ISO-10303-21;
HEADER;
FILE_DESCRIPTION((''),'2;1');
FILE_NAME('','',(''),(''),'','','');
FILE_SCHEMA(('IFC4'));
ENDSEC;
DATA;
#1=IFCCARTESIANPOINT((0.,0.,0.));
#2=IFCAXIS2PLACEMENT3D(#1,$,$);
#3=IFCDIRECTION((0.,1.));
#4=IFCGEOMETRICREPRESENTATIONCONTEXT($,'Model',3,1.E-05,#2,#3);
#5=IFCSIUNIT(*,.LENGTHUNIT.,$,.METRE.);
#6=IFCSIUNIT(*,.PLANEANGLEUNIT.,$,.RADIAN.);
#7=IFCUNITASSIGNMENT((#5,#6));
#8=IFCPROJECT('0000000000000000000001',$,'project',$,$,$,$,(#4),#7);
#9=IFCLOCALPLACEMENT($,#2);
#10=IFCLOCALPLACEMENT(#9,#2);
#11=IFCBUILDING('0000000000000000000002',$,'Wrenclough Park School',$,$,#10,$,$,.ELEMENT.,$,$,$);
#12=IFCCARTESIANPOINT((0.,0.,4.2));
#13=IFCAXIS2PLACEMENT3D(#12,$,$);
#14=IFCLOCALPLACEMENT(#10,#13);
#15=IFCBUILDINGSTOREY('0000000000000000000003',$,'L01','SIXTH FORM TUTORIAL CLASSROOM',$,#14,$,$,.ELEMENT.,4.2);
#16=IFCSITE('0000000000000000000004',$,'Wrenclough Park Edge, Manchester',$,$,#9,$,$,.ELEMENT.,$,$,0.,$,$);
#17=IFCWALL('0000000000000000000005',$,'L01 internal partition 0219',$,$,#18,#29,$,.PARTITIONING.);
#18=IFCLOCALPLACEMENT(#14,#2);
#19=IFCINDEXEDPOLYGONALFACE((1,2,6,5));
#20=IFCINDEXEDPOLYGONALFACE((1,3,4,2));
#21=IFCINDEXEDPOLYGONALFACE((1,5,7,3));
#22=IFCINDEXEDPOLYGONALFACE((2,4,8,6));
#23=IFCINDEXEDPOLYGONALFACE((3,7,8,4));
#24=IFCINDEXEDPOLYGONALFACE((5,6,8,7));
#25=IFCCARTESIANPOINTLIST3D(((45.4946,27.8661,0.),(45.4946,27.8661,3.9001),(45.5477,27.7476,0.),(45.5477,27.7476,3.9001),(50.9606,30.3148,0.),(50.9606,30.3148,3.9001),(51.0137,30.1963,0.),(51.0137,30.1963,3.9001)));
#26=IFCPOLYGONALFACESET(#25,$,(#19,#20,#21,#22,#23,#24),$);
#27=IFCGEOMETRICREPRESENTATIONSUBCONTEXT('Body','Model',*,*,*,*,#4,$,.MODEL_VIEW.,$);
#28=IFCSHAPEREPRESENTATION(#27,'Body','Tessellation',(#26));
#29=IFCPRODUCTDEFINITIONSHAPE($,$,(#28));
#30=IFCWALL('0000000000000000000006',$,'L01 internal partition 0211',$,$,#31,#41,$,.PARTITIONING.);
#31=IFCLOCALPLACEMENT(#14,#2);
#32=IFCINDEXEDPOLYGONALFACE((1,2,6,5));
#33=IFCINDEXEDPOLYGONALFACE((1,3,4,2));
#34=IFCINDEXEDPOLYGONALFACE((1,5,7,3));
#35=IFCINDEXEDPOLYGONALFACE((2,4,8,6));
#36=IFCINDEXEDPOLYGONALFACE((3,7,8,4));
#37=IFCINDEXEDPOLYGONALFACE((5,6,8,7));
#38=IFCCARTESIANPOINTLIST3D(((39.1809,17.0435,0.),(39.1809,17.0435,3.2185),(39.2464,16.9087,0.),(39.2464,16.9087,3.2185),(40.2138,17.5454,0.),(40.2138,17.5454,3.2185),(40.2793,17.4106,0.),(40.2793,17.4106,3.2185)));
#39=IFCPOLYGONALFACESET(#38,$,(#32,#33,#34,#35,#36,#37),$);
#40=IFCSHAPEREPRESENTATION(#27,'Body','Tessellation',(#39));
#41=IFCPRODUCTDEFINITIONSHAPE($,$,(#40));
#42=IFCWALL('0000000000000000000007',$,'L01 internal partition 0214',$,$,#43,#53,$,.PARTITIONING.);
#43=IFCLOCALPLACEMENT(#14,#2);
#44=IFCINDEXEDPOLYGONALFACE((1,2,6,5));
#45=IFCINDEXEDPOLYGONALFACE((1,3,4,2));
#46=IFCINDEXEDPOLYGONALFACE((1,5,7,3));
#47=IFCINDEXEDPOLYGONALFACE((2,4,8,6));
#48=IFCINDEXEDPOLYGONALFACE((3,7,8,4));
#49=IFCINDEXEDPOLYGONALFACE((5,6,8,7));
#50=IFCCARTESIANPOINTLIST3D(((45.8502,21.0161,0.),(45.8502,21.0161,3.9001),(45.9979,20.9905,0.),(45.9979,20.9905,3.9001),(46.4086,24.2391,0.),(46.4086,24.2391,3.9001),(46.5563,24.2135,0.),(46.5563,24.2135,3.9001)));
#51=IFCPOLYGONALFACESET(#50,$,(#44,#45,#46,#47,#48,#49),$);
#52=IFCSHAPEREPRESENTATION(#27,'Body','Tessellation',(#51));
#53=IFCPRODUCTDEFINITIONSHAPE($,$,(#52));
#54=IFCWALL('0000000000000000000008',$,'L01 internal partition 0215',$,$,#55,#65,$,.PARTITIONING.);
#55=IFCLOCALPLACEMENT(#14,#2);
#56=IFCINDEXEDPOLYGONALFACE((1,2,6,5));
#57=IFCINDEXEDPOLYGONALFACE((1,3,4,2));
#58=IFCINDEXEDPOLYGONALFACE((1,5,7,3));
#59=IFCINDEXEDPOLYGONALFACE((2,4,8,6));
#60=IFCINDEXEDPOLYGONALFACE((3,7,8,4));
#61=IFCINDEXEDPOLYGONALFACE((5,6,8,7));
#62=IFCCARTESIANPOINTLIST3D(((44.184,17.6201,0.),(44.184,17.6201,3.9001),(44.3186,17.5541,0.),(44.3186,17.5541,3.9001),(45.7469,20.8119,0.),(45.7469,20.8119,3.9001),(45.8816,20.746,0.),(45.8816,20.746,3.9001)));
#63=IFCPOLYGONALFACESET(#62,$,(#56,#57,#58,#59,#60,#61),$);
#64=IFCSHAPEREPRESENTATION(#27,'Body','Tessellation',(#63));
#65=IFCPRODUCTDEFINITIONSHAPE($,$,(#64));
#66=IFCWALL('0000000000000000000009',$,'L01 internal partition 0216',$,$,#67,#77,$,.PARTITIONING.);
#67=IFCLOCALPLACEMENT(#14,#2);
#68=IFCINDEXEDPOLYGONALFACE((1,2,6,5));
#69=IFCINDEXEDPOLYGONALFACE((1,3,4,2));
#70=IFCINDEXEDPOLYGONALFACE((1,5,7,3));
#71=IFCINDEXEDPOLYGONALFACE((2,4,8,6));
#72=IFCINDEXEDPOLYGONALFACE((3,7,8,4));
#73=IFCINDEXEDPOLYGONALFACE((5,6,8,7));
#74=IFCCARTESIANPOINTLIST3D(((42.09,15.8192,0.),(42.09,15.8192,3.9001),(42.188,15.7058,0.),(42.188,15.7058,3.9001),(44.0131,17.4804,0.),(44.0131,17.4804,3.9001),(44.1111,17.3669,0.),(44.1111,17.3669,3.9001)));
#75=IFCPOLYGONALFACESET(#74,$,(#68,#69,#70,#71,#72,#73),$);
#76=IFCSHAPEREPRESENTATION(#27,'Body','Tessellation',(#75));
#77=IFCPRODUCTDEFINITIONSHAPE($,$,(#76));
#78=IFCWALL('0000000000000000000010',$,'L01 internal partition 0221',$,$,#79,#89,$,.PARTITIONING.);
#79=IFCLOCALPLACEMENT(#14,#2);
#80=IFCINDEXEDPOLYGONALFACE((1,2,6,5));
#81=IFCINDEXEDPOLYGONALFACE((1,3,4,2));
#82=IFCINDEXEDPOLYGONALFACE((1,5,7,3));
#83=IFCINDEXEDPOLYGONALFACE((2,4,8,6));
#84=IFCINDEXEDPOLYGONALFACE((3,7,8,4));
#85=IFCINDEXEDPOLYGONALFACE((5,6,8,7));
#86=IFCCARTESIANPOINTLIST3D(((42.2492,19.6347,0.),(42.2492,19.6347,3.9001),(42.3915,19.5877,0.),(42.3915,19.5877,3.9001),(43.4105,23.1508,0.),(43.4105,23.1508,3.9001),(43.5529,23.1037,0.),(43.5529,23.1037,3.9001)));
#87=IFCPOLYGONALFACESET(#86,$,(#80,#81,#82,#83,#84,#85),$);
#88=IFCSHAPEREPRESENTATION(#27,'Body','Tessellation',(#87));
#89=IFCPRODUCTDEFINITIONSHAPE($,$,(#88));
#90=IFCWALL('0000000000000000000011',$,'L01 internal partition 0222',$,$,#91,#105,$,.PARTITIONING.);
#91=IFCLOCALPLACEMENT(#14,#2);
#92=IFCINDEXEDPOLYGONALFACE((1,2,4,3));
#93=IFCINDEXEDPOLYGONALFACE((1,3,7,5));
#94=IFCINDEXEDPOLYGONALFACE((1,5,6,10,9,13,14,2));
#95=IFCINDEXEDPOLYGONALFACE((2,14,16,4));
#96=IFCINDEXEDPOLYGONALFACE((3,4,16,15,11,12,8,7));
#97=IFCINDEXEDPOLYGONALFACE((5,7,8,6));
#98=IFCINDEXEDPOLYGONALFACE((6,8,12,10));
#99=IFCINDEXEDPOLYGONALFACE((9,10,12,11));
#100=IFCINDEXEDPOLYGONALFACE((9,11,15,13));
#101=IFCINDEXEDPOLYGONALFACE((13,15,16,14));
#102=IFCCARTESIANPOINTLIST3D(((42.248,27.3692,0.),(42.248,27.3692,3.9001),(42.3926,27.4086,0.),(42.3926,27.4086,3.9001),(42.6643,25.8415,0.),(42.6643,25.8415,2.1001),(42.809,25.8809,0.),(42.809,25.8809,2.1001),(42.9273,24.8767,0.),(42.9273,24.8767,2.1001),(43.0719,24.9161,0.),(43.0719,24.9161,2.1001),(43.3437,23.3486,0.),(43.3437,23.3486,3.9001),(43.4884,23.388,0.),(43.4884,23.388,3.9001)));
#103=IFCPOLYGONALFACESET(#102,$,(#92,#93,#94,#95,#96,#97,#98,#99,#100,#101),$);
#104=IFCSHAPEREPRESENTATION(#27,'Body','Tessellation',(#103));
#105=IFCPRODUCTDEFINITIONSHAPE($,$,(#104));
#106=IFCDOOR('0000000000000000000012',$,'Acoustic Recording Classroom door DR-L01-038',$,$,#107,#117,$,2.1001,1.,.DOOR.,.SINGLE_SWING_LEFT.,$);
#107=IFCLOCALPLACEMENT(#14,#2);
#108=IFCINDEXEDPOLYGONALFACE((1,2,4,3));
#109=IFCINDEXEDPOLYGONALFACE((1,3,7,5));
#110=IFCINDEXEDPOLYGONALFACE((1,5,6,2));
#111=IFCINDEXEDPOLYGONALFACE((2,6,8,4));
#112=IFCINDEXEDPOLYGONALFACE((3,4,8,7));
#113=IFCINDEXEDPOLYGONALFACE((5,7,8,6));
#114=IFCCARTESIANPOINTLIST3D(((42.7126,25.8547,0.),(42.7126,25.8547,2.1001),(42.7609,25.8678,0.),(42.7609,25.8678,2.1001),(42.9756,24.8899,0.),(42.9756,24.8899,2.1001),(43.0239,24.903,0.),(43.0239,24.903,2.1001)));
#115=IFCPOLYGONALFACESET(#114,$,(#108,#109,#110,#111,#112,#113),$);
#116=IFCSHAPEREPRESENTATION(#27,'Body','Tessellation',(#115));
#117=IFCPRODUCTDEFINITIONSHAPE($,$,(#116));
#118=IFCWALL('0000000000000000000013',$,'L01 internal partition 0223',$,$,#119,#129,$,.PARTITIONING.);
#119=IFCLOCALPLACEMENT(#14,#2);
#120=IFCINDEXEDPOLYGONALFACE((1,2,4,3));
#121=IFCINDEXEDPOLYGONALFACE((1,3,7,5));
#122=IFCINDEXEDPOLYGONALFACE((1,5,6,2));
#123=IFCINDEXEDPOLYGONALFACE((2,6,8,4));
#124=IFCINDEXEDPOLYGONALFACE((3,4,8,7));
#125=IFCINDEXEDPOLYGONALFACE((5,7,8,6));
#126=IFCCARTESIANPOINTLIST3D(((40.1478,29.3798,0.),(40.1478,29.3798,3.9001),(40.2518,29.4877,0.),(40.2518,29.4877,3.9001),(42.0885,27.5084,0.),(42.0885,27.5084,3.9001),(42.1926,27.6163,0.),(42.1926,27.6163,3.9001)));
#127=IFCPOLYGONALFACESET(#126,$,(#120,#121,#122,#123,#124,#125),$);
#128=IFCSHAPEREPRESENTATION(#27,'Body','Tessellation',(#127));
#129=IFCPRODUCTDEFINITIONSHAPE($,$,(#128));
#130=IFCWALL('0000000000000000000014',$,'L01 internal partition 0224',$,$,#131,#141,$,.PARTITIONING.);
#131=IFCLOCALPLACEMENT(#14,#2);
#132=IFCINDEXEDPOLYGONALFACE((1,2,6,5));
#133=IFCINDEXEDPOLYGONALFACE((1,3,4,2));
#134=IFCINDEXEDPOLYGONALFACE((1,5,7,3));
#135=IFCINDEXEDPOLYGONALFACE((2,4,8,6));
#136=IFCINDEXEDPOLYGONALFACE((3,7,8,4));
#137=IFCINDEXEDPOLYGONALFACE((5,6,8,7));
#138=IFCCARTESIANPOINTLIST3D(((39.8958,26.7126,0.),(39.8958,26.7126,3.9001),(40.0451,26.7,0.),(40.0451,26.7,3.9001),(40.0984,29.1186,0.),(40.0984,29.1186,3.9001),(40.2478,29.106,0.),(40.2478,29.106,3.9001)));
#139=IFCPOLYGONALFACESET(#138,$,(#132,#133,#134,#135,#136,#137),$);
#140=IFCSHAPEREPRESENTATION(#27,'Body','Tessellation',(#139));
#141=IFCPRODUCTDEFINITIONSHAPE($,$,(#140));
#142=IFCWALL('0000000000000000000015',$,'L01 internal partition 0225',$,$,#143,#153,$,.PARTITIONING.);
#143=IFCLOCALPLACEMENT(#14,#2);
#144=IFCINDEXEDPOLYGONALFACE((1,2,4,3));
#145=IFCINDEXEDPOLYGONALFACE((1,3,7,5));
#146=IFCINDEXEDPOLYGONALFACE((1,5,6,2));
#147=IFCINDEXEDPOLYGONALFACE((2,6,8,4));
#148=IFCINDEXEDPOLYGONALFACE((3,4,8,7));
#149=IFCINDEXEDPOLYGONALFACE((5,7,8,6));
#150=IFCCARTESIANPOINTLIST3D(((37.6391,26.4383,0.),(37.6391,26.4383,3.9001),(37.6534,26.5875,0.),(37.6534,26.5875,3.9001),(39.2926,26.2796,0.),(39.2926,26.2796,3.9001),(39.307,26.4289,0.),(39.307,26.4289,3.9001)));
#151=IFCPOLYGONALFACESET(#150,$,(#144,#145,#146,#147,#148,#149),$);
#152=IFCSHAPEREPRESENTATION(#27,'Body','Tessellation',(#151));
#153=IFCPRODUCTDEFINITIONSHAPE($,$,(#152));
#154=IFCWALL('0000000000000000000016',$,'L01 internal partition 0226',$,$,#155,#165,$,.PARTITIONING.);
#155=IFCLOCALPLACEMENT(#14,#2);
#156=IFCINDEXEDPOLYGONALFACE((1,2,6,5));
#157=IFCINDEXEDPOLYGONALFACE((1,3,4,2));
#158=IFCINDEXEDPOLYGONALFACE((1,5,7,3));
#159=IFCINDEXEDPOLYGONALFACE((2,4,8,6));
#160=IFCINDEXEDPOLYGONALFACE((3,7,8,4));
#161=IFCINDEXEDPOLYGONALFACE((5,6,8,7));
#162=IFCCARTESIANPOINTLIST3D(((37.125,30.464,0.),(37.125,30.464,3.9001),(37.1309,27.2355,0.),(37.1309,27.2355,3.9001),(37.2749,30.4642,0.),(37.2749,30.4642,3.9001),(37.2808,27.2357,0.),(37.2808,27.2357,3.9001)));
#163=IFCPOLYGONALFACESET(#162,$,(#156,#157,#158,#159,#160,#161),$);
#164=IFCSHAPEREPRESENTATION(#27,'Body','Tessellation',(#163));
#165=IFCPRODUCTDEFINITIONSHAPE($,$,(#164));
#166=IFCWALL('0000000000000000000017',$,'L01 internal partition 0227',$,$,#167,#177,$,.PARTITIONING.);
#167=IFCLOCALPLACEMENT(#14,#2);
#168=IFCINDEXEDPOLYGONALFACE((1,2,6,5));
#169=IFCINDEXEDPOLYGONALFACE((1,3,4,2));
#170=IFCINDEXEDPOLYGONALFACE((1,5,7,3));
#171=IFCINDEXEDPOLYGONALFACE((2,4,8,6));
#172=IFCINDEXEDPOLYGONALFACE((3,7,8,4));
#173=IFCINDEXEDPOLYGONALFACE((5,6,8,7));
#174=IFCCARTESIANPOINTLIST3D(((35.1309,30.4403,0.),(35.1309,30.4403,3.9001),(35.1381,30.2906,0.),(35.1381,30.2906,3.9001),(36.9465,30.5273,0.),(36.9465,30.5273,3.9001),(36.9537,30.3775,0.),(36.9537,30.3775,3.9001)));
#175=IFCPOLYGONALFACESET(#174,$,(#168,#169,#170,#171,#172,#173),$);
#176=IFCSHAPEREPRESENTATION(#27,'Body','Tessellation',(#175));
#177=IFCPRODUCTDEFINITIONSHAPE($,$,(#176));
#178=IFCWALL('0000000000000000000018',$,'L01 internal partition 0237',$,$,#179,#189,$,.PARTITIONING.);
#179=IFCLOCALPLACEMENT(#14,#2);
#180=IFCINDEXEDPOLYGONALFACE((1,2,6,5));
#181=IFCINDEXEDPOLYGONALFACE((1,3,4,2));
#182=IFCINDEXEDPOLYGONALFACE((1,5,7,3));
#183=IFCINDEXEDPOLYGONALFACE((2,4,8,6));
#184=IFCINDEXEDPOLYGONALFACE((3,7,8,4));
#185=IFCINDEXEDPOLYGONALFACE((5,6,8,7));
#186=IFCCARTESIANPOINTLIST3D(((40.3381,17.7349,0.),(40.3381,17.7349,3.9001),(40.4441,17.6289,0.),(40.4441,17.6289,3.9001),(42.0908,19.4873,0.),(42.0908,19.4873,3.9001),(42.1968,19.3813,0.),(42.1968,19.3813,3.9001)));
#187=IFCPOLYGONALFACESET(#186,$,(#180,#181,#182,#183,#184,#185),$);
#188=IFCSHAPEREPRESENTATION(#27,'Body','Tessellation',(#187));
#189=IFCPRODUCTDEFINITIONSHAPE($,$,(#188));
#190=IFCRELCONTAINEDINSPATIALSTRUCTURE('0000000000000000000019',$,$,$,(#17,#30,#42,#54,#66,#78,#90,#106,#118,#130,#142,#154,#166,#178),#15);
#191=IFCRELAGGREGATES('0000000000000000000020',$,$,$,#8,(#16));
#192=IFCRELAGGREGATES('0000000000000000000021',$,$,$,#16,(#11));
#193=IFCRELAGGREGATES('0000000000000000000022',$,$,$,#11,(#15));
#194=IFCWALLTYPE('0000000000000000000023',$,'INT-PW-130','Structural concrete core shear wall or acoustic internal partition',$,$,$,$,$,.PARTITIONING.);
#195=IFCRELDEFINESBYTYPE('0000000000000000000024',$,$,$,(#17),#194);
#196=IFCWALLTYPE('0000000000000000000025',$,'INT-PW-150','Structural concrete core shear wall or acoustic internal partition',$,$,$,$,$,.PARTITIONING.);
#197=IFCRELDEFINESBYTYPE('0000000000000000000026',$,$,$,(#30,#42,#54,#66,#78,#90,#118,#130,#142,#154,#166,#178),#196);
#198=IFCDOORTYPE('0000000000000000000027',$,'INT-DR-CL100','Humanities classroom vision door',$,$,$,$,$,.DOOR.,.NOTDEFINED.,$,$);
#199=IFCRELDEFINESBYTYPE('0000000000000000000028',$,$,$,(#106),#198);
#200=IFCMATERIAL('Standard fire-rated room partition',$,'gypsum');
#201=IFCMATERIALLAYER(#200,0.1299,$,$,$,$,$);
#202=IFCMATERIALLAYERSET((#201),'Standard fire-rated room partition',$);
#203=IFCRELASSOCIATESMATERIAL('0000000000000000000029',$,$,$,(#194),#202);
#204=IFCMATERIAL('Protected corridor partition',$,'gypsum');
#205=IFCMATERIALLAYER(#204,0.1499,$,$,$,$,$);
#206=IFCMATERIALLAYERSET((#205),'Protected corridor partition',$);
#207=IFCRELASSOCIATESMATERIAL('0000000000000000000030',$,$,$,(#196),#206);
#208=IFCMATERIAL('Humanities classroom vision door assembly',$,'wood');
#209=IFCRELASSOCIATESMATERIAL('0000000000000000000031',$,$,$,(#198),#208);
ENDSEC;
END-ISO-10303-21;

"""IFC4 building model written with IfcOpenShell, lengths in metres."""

from ifc_helpers import new_model, si_unit, direction, frame, frame_2d, origin, place, context, subcontext, project, spatial, rectangle, extrude, material, layer, layer_set, type_object, element, fill, save


model = new_model("IFC4")

# Units and contexts
model_context = context("Model", 3, precision=1e-05, world=origin(), true_north=direction((0.0, 1.0)))
body_context = subcontext(model_context, "Body", "Model", "MODEL_VIEW")
ifc_project = project(units=[si_unit("LENGTHUNIT", "METRE"), si_unit("PLANEANGLEUNIT", "RADIAN")], contexts=[model_context])

# Site, building, storey
site_placement = place(None, origin())
site = spatial("IfcSite", under=ifc_project, at=site_placement, Name="Wrenclough Park Edge, Manchester", CompositionType="ELEMENT", RefElevation=0.0)
building_placement = place(site_placement, origin())
building = spatial("IfcBuilding", under=site, at=building_placement, Name="Wrenclough Park School", CompositionType="ELEMENT")
storey_placement = place(building_placement, frame((0.0, 0.0, 4.2)))
storey = spatial("IfcBuildingStorey", under=building, at=storey_placement, Name="L01", Description="SIXTH FORM TUTORIAL CLASSROOM", CompositionType="ELEMENT", Elevation=4.2)

# Shared definitions
ifc_material_1 = material(Name="Standard fire-rated room partition", Category="gypsum")
ifc_layer_1 = layer(ifc_material_1, 0.1299)
ifc_layer_set_1 = layer_set([ifc_layer_1], Name="Standard fire-rated room partition")
wall_type_1 = type_object("IfcWallType", Name="INT-PW-130", Description="Structural concrete core shear wall or acoustic internal partition", PredefinedType="PARTITIONING", material=ifc_layer_set_1)

# Walls
wall_1_placement = place(storey_placement, frame((45.5212, 27.8069, 0.0), z_axis=(0.0, 0.0, 1.0), x_axis=(0.912607, 0.408837, 0.0)))
element("IfcWall", 1, at=wall_1_placement, inside=storey, type_object=wall_type_1, Name="L01 internal partition 0219", PredefinedType="PARTITIONING", context=body_context, shape_type="SweptSolid", body=[
    extrude(rectangle(XDim=5.9895, YDim=0.1299, at=frame_2d((2.9946, 0.0))), origin(), (0.0, 0.0, 1.0), 3.9001),
])
ifc_material_2 = material(Name="Protected corridor partition", Category="gypsum")
ifc_layer_2 = layer(ifc_material_2, 0.1499)
ifc_layer_set_2 = layer_set([ifc_layer_2], Name="Protected corridor partition")
wall_type_2 = type_object("IfcWallType", Name="INT-PW-150", Description="Structural concrete core shear wall or acoustic internal partition", PredefinedType="PARTITIONING", material=ifc_layer_set_2)
wall_2_placement = place(storey_placement, frame((40.2466, 17.478, 0.0), z_axis=(0.0, 0.0, 1.0), x_axis=(-0.899429, -0.437066, 0.0)))
element("IfcWall", 2, at=wall_2_placement, inside=storey, type_object=wall_type_2, Name="L01 internal partition 0211", PredefinedType="PARTITIONING", context=body_context, shape_type="SweptSolid", body=[
    extrude(rectangle(XDim=1.1484, YDim=0.1499, at=frame_2d((0.5742, 0.0))), origin(), (0.0, 0.0, 1.0), 3.2185),
])
wall_3_placement = place(storey_placement, frame((46.4824, 24.2263, 0.0), z_axis=(0.0, 0.0, 1.0), x_axis=(-0.170702, -0.985323, 0.0)))
element("IfcWall", 3, at=wall_3_placement, inside=storey, type_object=wall_type_2, Name="L01 internal partition 0214", PredefinedType="PARTITIONING", context=body_context, shape_type="SweptSolid", body=[
    extrude(rectangle(XDim=3.271, YDim=0.1499, at=frame_2d((1.6355, 0.0))), origin(), (0.0, 0.0, 1.0), 3.9001),
])
wall_4_placement = place(storey_placement, frame((45.8142, 20.7788, 0.0), z_axis=(0.0, 0.0, 1.0), x_axis=(-0.439779, -0.898106, 0.0)))
element("IfcWall", 4, at=wall_4_placement, inside=storey, type_object=wall_type_2, Name="L01 internal partition 0215", PredefinedType="PARTITIONING", context=body_context, shape_type="SweptSolid", body=[
    extrude(rectangle(XDim=3.554, YDim=0.1499, at=frame_2d((1.7769, 0.0))), origin(), (0.0, 0.0, 1.0), 3.9001),
])
wall_5_placement = place(storey_placement, frame((44.062, 17.4236, 0.0), z_axis=(0.0, 0.0, 1.0), x_axis=(-0.756769, -0.653682, 0.0)))
element("IfcWall", 5, at=wall_5_placement, inside=storey, type_object=wall_type_2, Name="L01 internal partition 0216", PredefinedType="PARTITIONING", context=body_context, shape_type="SweptSolid", body=[
    extrude(rectangle(XDim=2.5413, YDim=0.1499, at=frame_2d((1.2705, 0.0))), origin(), (0.0, 0.0, 1.0), 3.9001),
])
wall_6_placement = place(storey_placement, frame((42.3203, 19.6111, 0.0), z_axis=(0.0, 0.0, 1.0), x_axis=(0.313635, 0.949543, 0.0)))
element("IfcWall", 6, at=wall_6_placement, inside=storey, type_object=wall_type_2, Name="L01 internal partition 0221", PredefinedType="PARTITIONING", context=body_context, shape_type="SweptSolid", body=[
    extrude(rectangle(XDim=3.7029, YDim=0.1499, at=frame_2d((1.8516, 0.0))), origin(), (0.0, 0.0, 1.0), 3.9001),
])

# Wall, opening, door
wall_7_placement = place(storey_placement, frame((43.416, 23.3684, 0.0), z_axis=(0.0, 0.0, 1.0), x_axis=(-0.262939, 0.964812, 0.0)))
wall_7 = element("IfcWall", 7, at=wall_7_placement, inside=storey, type_object=wall_type_2, Name="L01 internal partition 0222", PredefinedType="PARTITIONING", context=body_context, shape_type="SweptSolid", body=[
    extrude(rectangle(XDim=4.1672, YDim=0.1499, at=frame_2d((2.0835, 0.0))), origin(), (0.0, 0.0, 1.0), 3.9001),
])
opening_1_placement = place(wall_7_placement, frame((1.5837, 0.0, 0.0)))
opening_1 = element("IfcOpeningElement", 8, at=opening_1_placement, cuts=wall_7, PredefinedType="OPENING", context=body_context, shape_type="SweptSolid", body=[
    extrude(rectangle(XDim=1.0, YDim=2.1001, at=frame_2d((0.5, 1.05))), frame((0.0, 0.085, 0.0), z_axis=(0.0, -1.0, 0.0), x_axis=(1.0, 0.0, 0.0)), (0.0, 0.0, 1.0), 0.1699),
])
ifc_material_3 = material(Name="Humanities classroom vision door assembly", Category="wood")
door_type_1 = type_object("IfcDoorType", Name="INT-DR-CL100", Description="Humanities classroom vision door", OperationType="NOTDEFINED", PredefinedType="DOOR", material=ifc_material_3)
door_1_placement = place(opening_1_placement, origin())
door_1 = element("IfcDoor", 9, at=door_1_placement, inside=storey, type_object=door_type_1, Name="Acoustic Recording Classroom door DR-L01-038", OperationType="SINGLE_SWING_LEFT", OverallHeight=2.1001, OverallWidth=1.0, PredefinedType="DOOR", context=body_context, shape_type="SweptSolid", body=[
    extrude(rectangle(XDim=1.0, YDim=2.1001, at=frame_2d((0.5, 1.05))), frame((0.0, 0.0249, 0.0), z_axis=(0.0, -1.0, 0.0), x_axis=(1.0, 0.0, 0.0)), (0.0, 0.0, 1.0), 0.05),
])
fill(opening_1, door_1)

# Walls
wall_8_placement = place(storey_placement, frame((42.1406, 27.5623, 0.0), z_axis=(0.0, 0.0, 1.0), x_axis=(-0.719849, 0.694131, 0.0)))
element("IfcWall", 10, at=wall_8_placement, inside=storey, type_object=wall_type_2, Name="L01 internal partition 0223", PredefinedType="PARTITIONING", context=body_context, shape_type="SweptSolid", body=[
    extrude(rectangle(XDim=2.696, YDim=0.1499, at=frame_2d((1.3481, 0.0))), origin(), (0.0, 0.0, 1.0), 3.9001),
])
wall_9_placement = place(storey_placement, frame((40.1731, 29.1123, 0.0), z_axis=(0.0, 0.0, 1.0), x_axis=(-0.083924, -0.996472, 0.0)))
element("IfcWall", 11, at=wall_9_placement, inside=storey, type_object=wall_type_2, Name="L01 internal partition 0224", PredefinedType="PARTITIONING", context=body_context, shape_type="SweptSolid", body=[
    extrude(rectangle(XDim=2.4146, YDim=0.1499, at=frame_2d((1.2073, 0.0))), origin(), (0.0, 0.0, 1.0), 3.9001),
])
wall_10_placement = place(storey_placement, frame((39.2998, 26.3542, 0.0), z_axis=(0.0, 0.0, 1.0), x_axis=(-0.995427, 0.09553, 0.0)))
element("IfcWall", 12, at=wall_10_placement, inside=storey, type_object=wall_type_2, Name="L01 internal partition 0225", PredefinedType="PARTITIONING", context=body_context, shape_type="SweptSolid", body=[
    extrude(rectangle(XDim=1.6611, YDim=0.1499, at=frame_2d((0.8306, 0.0))), origin(), (0.0, 0.0, 1.0), 3.9001),
])
wall_11_placement = place(storey_placement, frame((37.2058, 27.2356, 0.0), z_axis=(0.0, 0.0, 1.0), x_axis=(-0.001815, 0.999998, 0.0)))
element("IfcWall", 13, at=wall_11_placement, inside=storey, type_object=wall_type_2, Name="L01 internal partition 0226", PredefinedType="PARTITIONING", context=body_context, shape_type="SweptSolid", body=[
    extrude(rectangle(XDim=3.2285, YDim=0.1499, at=frame_2d((1.6143, 0.0))), origin(), (0.0, 0.0, 1.0), 3.9001),
])
wall_12_placement = place(storey_placement, frame((36.95, 30.4524, 0.0), z_axis=(0.0, 0.0, 1.0), x_axis=(-0.998856, -0.04782, 0.0)))
element("IfcWall", 14, at=wall_12_placement, inside=storey, type_object=wall_type_2, Name="L01 internal partition 0227", PredefinedType="PARTITIONING", context=body_context, shape_type="SweptSolid", body=[
    extrude(rectangle(XDim=1.8176, YDim=0.1499, at=frame_2d((0.9087, 0.0))), origin(), (0.0, 0.0, 1.0), 3.9001),
])
wall_13_placement = place(storey_placement, frame((40.3911, 17.6819, 0.0), z_axis=(0.0, 0.0, 1.0), x_axis=(0.707156, 0.707058, 0.0)))
element("IfcWall", 15, at=wall_13_placement, inside=storey, type_object=wall_type_2, Name="L01 internal partition 0237", PredefinedType="PARTITIONING", context=body_context, shape_type="SweptSolid", body=[
    extrude(rectangle(XDim=2.4785, YDim=0.1499, at=frame_2d((1.2393, 0.0))), origin(), (0.0, 0.0, 1.0), 3.9001),
])

save(model, "model.ifc")
